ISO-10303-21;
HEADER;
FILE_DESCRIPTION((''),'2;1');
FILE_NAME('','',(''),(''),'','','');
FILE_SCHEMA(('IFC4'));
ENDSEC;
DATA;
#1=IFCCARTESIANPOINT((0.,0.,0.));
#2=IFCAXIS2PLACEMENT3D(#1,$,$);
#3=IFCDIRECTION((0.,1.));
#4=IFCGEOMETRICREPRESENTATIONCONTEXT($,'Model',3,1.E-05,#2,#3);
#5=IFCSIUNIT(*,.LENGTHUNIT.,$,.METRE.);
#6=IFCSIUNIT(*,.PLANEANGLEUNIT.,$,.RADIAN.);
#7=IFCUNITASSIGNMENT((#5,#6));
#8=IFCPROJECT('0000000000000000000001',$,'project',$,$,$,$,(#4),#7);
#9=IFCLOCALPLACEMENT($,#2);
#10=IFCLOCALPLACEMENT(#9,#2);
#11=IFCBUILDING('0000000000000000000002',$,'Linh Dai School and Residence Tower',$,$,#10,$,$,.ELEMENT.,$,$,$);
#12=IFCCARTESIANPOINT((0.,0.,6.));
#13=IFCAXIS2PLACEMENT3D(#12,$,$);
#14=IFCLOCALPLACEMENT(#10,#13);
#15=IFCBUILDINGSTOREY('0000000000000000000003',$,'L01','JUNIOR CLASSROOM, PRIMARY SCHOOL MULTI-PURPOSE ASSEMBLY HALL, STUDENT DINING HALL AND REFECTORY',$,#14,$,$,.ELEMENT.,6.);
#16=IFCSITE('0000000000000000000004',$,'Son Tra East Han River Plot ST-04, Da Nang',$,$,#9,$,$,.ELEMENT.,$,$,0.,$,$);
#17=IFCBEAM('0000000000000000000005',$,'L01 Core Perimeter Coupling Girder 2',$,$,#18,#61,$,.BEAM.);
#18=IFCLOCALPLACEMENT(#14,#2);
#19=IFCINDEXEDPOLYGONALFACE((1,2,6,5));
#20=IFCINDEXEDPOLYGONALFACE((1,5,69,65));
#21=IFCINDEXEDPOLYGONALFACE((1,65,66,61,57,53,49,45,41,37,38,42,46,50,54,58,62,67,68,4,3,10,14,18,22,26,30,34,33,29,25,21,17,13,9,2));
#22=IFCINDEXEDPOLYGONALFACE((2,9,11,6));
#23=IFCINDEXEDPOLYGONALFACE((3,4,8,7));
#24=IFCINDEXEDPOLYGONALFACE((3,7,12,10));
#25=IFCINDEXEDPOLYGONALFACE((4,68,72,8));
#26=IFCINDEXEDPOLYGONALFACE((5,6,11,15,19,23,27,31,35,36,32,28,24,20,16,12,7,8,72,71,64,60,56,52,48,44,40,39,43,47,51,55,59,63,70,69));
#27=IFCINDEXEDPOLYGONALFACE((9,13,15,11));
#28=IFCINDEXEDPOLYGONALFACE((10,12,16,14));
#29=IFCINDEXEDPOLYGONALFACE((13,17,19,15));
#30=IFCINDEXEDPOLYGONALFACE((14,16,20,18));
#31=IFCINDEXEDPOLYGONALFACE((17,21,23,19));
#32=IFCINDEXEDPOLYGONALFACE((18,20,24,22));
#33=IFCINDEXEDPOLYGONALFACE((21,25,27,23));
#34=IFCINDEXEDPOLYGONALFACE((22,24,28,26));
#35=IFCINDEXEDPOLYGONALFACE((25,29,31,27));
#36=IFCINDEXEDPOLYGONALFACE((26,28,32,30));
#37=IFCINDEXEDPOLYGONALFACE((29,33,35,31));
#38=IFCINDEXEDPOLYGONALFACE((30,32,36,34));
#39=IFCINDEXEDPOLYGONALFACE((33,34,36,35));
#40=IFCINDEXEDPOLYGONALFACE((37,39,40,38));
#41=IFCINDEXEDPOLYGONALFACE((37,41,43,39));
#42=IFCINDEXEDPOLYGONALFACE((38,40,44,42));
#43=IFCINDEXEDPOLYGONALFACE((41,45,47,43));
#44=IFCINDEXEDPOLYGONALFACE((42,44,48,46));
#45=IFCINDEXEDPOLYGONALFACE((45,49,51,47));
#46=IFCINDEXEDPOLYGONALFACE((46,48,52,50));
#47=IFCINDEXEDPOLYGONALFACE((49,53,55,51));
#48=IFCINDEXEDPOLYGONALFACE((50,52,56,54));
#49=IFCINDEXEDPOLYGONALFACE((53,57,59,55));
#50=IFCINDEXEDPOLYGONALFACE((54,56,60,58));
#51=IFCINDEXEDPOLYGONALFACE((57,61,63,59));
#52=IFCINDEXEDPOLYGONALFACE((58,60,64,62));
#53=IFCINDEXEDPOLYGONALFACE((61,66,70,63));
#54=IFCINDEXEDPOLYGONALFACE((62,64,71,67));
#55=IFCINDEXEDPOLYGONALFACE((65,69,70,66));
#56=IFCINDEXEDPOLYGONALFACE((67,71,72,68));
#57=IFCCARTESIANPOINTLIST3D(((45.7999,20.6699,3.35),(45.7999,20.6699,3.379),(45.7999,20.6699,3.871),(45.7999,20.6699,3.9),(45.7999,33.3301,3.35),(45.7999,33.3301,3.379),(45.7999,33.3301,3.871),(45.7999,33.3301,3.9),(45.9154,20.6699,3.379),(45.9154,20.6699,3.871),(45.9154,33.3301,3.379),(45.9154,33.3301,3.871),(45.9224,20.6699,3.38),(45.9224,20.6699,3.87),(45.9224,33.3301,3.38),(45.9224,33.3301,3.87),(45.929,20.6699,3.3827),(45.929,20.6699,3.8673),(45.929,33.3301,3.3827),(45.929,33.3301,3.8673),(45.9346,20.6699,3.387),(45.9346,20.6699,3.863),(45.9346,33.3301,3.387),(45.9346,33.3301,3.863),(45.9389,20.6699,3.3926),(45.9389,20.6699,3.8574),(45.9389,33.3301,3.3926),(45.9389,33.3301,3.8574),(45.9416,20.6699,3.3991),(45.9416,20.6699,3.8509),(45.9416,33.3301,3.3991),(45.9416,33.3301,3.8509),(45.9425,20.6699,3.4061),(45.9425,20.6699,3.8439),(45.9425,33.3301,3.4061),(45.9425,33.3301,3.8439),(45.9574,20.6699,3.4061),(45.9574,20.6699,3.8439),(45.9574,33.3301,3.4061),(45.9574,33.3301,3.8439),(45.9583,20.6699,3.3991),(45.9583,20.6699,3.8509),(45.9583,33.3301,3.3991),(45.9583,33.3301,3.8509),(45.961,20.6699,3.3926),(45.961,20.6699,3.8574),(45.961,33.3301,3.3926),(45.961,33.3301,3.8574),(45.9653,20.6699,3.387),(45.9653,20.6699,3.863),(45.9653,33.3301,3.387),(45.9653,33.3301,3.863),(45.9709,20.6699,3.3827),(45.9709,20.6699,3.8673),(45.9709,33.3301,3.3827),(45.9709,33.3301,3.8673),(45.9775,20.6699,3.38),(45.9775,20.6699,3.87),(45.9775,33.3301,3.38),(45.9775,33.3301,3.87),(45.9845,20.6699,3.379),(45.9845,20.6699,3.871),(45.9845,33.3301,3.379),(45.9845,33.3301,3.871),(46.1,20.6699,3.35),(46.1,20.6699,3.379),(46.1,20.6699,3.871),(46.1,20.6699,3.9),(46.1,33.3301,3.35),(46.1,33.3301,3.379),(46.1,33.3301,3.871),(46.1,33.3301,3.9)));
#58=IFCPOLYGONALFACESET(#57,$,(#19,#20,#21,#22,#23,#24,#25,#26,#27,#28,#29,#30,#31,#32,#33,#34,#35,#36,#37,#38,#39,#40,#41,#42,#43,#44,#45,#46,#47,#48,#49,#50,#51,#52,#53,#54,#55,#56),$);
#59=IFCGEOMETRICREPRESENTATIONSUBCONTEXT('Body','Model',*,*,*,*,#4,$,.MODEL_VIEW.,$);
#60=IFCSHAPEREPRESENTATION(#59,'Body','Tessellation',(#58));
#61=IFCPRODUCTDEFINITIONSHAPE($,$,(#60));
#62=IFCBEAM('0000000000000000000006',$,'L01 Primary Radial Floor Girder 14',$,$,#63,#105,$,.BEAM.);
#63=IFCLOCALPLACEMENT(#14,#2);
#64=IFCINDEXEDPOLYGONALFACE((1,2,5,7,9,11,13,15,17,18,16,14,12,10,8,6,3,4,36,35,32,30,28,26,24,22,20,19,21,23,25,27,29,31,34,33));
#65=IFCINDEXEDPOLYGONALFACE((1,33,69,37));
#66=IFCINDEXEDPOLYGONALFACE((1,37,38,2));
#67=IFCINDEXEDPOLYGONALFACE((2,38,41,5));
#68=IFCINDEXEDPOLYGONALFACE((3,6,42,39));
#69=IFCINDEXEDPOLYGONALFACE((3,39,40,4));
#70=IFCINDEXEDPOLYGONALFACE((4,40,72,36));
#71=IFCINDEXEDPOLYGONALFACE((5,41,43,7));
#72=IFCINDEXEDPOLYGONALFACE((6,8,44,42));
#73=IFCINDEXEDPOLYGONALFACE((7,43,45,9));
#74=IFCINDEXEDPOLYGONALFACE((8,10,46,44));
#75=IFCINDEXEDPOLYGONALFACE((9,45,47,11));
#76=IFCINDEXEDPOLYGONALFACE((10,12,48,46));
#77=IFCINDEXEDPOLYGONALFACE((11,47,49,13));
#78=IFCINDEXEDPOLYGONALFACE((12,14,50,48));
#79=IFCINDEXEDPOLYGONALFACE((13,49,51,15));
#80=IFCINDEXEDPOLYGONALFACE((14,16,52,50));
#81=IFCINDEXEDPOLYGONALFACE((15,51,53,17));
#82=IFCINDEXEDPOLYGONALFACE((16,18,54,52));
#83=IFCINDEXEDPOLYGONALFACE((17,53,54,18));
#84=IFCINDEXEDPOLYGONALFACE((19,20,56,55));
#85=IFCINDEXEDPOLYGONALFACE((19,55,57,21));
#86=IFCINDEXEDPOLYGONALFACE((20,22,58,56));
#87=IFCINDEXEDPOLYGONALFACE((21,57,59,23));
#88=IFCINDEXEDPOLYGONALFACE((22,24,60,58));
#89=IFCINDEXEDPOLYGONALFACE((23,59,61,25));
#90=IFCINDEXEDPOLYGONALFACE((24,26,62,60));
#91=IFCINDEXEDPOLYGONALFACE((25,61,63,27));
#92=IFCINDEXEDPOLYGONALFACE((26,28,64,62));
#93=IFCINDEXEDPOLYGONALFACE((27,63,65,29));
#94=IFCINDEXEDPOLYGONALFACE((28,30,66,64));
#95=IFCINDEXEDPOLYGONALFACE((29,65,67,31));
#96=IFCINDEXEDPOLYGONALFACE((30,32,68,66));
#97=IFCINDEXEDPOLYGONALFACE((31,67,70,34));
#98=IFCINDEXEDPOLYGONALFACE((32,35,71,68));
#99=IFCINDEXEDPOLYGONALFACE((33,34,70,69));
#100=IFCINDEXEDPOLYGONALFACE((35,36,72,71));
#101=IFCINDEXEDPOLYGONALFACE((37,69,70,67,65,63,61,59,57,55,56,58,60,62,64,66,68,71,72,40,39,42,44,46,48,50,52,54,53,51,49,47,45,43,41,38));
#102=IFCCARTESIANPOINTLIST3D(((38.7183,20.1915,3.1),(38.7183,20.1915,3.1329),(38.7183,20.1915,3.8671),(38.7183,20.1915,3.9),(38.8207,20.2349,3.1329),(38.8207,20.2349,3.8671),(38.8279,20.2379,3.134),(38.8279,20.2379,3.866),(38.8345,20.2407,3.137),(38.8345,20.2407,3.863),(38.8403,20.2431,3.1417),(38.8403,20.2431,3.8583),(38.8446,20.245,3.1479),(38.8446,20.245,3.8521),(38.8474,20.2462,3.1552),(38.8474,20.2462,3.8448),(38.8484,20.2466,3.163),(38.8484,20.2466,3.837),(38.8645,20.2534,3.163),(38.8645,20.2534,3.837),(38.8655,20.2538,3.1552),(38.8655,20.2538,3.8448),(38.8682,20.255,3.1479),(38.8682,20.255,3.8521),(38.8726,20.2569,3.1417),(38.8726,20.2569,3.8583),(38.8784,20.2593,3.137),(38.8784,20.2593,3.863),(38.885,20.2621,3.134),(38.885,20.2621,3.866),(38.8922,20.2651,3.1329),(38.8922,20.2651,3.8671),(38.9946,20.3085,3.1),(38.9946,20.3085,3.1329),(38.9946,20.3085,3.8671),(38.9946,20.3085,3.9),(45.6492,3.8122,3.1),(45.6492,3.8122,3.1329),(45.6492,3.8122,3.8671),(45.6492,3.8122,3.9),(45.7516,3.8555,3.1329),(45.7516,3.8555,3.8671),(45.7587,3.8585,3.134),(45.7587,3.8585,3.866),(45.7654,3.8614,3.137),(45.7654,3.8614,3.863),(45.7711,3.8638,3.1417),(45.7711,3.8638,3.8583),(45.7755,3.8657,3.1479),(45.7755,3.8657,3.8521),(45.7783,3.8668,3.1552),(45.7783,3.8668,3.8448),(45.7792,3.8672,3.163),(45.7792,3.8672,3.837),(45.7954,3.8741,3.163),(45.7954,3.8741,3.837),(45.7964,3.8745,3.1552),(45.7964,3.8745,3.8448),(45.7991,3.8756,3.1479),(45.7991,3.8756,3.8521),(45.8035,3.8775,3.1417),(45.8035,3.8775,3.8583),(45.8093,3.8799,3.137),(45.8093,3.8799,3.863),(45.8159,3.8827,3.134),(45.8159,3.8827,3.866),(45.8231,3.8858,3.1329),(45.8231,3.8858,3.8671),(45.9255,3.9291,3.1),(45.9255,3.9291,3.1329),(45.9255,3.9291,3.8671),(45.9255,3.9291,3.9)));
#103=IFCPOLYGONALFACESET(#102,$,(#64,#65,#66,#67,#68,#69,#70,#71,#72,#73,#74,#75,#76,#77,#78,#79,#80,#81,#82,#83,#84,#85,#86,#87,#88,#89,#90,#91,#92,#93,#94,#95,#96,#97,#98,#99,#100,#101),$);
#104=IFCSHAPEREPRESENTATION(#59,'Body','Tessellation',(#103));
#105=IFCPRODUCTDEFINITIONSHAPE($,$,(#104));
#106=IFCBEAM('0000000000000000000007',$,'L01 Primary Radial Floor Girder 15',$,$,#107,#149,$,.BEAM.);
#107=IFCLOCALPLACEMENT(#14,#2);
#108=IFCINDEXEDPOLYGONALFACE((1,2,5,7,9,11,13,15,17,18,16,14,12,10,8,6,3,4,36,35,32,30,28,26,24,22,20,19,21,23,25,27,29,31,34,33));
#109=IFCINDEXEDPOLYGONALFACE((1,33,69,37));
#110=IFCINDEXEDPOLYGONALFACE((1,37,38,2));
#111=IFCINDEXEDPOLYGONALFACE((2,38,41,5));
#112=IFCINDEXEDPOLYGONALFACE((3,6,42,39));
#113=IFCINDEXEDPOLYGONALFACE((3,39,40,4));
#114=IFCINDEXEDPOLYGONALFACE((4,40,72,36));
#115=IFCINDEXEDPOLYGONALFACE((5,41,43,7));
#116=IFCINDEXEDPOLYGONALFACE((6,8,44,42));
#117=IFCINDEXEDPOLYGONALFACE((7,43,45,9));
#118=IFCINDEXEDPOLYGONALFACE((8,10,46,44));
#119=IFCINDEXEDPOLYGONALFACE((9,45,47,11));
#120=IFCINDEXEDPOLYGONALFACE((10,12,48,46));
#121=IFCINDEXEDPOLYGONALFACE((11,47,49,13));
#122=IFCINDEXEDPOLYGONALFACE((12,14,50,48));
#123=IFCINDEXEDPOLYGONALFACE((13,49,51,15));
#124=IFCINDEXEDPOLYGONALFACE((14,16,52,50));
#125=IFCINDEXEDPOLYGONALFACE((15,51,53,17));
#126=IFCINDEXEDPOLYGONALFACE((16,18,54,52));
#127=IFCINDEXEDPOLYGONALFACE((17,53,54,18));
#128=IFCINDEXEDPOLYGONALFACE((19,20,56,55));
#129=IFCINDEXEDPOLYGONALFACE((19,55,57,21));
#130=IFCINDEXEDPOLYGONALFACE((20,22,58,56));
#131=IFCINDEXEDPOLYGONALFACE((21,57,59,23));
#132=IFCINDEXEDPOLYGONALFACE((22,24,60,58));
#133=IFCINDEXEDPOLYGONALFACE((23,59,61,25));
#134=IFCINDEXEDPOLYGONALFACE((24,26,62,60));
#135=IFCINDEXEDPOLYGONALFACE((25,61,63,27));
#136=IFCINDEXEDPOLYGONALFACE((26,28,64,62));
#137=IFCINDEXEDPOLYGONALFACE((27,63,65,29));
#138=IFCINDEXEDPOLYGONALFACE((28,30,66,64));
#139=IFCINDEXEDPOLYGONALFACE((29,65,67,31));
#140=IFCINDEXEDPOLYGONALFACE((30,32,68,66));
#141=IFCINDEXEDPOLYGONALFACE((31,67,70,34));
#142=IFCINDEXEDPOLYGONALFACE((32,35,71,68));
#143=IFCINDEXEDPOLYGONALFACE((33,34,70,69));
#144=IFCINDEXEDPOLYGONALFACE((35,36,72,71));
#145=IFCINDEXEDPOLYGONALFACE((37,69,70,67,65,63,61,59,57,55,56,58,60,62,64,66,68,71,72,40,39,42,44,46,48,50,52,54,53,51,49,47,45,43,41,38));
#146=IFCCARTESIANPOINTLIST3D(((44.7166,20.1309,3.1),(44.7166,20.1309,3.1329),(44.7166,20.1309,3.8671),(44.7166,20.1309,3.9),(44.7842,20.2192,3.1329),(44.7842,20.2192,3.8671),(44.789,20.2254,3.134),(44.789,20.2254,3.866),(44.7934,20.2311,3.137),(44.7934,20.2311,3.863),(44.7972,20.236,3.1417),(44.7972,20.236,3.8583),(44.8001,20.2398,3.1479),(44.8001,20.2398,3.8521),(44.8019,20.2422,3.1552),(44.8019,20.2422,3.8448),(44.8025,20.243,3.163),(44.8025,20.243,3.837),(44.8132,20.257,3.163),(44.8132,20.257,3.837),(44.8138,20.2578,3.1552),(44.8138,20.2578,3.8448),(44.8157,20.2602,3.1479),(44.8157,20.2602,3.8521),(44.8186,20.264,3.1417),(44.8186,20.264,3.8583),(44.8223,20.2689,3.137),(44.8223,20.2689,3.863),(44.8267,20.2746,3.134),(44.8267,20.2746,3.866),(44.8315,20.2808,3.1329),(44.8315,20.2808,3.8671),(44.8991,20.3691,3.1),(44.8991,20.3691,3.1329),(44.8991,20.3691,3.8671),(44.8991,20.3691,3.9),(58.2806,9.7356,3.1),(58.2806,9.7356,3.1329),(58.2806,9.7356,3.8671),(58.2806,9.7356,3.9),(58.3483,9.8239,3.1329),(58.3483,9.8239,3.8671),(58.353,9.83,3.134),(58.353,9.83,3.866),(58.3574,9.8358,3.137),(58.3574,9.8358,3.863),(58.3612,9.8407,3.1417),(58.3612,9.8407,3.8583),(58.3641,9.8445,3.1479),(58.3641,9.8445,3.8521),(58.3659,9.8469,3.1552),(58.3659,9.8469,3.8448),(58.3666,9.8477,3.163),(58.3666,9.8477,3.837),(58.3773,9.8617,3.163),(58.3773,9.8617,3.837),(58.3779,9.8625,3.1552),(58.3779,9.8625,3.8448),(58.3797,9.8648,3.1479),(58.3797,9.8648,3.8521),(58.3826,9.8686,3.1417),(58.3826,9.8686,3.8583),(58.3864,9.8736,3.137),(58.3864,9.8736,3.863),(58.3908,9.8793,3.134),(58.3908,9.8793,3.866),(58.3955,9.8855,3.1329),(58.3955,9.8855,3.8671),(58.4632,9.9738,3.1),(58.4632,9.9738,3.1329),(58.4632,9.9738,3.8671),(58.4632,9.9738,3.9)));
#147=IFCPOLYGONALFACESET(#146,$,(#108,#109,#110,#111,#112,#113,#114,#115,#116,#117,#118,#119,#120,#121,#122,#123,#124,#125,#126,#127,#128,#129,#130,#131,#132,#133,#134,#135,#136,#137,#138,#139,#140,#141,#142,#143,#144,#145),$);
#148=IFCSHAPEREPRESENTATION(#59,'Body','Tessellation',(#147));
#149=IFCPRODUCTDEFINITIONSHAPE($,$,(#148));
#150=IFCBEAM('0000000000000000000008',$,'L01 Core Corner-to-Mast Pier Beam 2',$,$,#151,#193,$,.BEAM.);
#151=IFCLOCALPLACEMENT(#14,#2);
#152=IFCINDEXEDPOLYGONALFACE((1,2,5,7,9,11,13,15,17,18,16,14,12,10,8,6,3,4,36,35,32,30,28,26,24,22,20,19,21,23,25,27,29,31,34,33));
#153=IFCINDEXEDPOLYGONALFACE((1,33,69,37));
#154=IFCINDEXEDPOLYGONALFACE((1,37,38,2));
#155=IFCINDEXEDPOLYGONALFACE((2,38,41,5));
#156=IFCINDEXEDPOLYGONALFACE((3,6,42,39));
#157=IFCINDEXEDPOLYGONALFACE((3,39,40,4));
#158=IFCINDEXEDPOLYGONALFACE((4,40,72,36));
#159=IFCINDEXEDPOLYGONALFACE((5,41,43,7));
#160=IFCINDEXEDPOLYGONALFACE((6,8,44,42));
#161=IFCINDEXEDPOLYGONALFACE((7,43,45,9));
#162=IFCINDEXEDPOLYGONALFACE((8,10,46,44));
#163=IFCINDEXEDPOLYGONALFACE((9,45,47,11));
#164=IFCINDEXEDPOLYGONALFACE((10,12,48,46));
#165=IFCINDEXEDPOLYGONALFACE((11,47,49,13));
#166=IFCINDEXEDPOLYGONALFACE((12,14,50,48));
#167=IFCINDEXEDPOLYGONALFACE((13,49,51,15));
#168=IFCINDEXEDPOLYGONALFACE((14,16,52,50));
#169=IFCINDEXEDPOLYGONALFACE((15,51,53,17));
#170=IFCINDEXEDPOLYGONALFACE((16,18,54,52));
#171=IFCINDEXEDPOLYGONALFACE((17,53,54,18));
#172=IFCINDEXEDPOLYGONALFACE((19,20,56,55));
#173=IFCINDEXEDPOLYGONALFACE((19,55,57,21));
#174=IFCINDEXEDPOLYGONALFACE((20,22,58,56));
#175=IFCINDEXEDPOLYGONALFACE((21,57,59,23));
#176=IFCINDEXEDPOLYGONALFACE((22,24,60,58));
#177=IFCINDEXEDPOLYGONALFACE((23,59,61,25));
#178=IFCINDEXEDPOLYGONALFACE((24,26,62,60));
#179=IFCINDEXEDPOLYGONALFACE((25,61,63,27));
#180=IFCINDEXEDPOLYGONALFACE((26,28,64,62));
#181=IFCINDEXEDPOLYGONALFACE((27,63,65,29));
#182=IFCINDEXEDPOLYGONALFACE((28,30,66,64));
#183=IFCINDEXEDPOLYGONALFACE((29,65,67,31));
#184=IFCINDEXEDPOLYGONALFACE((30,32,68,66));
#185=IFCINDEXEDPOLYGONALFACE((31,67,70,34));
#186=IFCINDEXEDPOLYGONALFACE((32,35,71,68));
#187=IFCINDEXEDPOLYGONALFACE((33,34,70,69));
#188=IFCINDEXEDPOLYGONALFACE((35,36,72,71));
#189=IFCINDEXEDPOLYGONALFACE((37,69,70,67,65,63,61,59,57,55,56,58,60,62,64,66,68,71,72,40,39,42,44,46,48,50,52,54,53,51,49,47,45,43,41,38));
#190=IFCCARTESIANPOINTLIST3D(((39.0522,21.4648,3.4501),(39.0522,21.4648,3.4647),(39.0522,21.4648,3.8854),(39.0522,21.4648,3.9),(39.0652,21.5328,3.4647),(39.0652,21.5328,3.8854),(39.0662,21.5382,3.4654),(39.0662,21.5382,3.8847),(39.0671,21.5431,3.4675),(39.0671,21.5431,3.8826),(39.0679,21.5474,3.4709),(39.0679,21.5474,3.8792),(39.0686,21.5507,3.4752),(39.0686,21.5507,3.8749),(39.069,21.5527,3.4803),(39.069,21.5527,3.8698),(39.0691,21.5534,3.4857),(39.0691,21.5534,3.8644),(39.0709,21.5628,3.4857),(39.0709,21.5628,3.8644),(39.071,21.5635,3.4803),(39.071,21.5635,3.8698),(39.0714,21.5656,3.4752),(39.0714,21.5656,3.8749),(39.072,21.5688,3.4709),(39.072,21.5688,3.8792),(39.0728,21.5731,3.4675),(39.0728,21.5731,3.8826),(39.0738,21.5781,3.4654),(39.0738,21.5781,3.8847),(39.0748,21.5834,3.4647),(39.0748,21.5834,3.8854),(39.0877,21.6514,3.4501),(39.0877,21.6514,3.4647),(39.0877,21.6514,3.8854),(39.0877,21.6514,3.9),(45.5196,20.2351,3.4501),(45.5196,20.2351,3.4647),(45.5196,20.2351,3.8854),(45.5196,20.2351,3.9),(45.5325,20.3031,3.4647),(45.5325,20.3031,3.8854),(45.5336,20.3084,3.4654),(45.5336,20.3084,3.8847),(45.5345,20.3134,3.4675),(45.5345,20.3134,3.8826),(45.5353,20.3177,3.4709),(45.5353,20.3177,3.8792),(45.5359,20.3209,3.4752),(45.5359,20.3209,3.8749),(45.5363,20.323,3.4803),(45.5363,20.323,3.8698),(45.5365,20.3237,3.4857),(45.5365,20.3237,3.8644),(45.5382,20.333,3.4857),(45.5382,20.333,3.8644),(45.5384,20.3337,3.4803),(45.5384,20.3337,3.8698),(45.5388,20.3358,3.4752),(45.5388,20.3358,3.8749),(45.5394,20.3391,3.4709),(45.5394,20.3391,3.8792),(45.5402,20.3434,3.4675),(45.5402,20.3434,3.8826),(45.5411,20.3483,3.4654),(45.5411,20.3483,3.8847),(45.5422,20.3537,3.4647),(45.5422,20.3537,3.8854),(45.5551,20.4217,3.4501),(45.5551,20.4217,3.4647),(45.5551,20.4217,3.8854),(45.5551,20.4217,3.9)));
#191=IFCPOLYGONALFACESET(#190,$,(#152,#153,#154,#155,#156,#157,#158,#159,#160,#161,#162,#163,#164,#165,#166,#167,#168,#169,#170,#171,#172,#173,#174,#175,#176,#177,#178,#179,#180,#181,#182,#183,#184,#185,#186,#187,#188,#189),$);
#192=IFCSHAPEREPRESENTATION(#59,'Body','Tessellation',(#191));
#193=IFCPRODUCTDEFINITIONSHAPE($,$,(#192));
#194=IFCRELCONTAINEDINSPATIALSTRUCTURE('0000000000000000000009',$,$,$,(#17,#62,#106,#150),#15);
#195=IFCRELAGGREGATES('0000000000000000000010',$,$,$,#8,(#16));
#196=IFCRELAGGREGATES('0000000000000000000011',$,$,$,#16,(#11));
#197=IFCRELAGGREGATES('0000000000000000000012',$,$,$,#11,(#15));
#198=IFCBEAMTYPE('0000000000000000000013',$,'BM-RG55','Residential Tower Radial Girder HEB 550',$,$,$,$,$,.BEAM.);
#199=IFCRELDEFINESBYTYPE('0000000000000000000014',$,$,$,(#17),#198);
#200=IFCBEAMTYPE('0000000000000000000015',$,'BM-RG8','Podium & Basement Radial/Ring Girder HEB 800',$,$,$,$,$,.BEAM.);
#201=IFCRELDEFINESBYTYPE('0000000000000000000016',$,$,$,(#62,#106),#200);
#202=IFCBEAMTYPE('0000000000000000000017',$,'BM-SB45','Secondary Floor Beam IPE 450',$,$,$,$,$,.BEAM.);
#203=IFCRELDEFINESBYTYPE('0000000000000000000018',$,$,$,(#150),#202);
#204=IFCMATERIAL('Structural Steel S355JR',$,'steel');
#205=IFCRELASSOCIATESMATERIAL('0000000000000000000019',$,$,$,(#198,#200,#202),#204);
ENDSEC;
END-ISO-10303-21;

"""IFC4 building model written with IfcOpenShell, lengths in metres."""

from ifc_helpers import new_model, si_unit, direction, frame, origin, origin_2d, place, context, subcontext, project, spatial, i_section, extrude, material, material_profile, profile_set, type_object, element, save


model = new_model("IFC4")

# Units and contexts
model_context = context("Model", 3, precision=1e-05, world=origin(), true_north=direction((0.0, 1.0)))
body_context = subcontext(model_context, "Body", "Model", "MODEL_VIEW")
ifc_project = project(units=[si_unit("LENGTHUNIT", "METRE"), si_unit("PLANEANGLEUNIT", "RADIAN")], contexts=[model_context])

# Site, building, storey
site_placement = place(None, origin())
site = spatial("IfcSite", under=ifc_project, at=site_placement, Name="Son Tra East Han River Plot ST-04, Da Nang", CompositionType="ELEMENT", RefElevation=0.0)
building_placement = place(site_placement, origin())
building = spatial("IfcBuilding", under=site, at=building_placement, Name="Linh Dai School and Residence Tower", CompositionType="ELEMENT")
storey_placement = place(building_placement, frame((0.0, 0.0, 6.0)))
storey = spatial("IfcBuildingStorey", under=building, at=storey_placement, Name="L01", Description="JUNIOR CLASSROOM, PRIMARY SCHOOL MULTI-PURPOSE ASSEMBLY HALL, STUDENT DINING HALL AND REFECTORY", CompositionType="ELEMENT", Elevation=6.0)

# Shared definitions
ifc_material_1 = material(Name="Structural Steel S355JR", Category="steel")

# Beams
ifc_material_profile_1 = material_profile(ifc_material_1, i_section(OverallWidth=0.3, OverallDepth=0.55, WebThickness=0.0149, FlangeThickness=0.0291, FilletRadius=0.0271, at=origin_2d()), Name="HEB 550")
ifc_profile_set_1 = profile_set([ifc_material_profile_1], Name="Structural Steel S355JR")
beam_type_1 = type_object("IfcBeamType", Name="BM-RG55", Description="Residential Tower Radial Girder HEB 550", PredefinedType="BEAM", material=ifc_profile_set_1)
beam_1_placement = place(storey_placement, frame((45.95, 20.6699, 3.625), z_axis=(0.0, 1.0, 0.0), x_axis=(-1.0, 0.0, 0.0)))
element("IfcBeam", 1, at=beam_1_placement, inside=storey, type_object=beam_type_1, Name="L01 Core Perimeter Coupling Girder 2", PredefinedType="BEAM", context=body_context, shape_type="SweptSolid", body=[
    extrude(i_section(OverallWidth=0.3, OverallDepth=0.55, WebThickness=0.0149, FlangeThickness=0.0291, FilletRadius=0.0271, at=origin_2d()), origin(), (0.0, 0.0, 1.0), 12.6602),
])
ifc_material_profile_2 = material_profile(ifc_material_1, i_section(OverallWidth=0.3, OverallDepth=0.8, WebThickness=0.0176, FlangeThickness=0.033, FilletRadius=0.03, at=origin_2d()), Name="HEB 800")
ifc_profile_set_2 = profile_set([ifc_material_profile_2], Name="Structural Steel S355JR")
beam_type_2 = type_object("IfcBeamType", Name="BM-RG8", Description="Podium & Basement Radial/Ring Girder HEB 800", PredefinedType="BEAM", material=ifc_profile_set_2)
beam_2_placement = place(storey_placement, frame((38.8564, 20.25, 3.5), z_axis=(0.389696, -0.920944, 0.0), x_axis=(0.920944, 0.389696, 0.0)))
element("IfcBeam", 2, at=beam_2_placement, inside=storey, type_object=beam_type_2, Name="L01 Primary Radial Floor Girder 14", PredefinedType="BEAM", context=body_context, shape_type="SweptSolid", body=[
    extrude(i_section(OverallWidth=0.3, OverallDepth=0.8, WebThickness=0.0176, FlangeThickness=0.033, FilletRadius=0.03, at=origin_2d()), origin(), (0.0, 0.0, 1.0), 17.7854),
])
beam_3_placement = place(storey_placement, frame((44.8079, 20.25, 3.5), z_axis=(0.793713, -0.608292, 0.0), x_axis=(0.608292, 0.793713, 0.0)))
element("IfcBeam", 3, at=beam_3_placement, inside=storey, type_object=beam_type_2, Name="L01 Primary Radial Floor Girder 15", PredefinedType="BEAM", context=body_context, shape_type="SweptSolid", body=[
    extrude(i_section(OverallWidth=0.3, OverallDepth=0.8, WebThickness=0.0176, FlangeThickness=0.033, FilletRadius=0.03, at=origin_2d()), origin(), (0.0, 0.0, 1.0), 17.0894),
])
ifc_material_profile_3 = material_profile(ifc_material_1, i_section(OverallWidth=0.1899, OverallDepth=0.45, WebThickness=0.0095, FlangeThickness=0.0146, FilletRadius=0.021, at=origin_2d()), Name="IPE 450")
ifc_profile_set_3 = profile_set([ifc_material_profile_3], Name="Structural Steel S355JR")
beam_type_3 = type_object("IfcBeamType", Name="BM-SB45", Description="Secondary Floor Beam IPE 450", PredefinedType="BEAM", material=ifc_profile_set_3)
beam_4_placement = place(storey_placement, frame((45.5374, 20.3284, 3.675), z_axis=(-0.982398, 0.1868, 0.0), x_axis=(-0.1868, -0.982398, 0.0)))
element("IfcBeam", 4, at=beam_4_placement, inside=storey, type_object=beam_type_3, Name="L01 Core Corner-to-Mast Pier Beam 2", PredefinedType="BEAM", context=body_context, shape_type="SweptSolid", body=[
    extrude(i_section(OverallWidth=0.1899, OverallDepth=0.45, WebThickness=0.0095, FlangeThickness=0.0146, FilletRadius=0.021, at=origin_2d()), origin(), (0.0, 0.0, 1.0), 6.5833),
])

save(model, "model.ifc")
